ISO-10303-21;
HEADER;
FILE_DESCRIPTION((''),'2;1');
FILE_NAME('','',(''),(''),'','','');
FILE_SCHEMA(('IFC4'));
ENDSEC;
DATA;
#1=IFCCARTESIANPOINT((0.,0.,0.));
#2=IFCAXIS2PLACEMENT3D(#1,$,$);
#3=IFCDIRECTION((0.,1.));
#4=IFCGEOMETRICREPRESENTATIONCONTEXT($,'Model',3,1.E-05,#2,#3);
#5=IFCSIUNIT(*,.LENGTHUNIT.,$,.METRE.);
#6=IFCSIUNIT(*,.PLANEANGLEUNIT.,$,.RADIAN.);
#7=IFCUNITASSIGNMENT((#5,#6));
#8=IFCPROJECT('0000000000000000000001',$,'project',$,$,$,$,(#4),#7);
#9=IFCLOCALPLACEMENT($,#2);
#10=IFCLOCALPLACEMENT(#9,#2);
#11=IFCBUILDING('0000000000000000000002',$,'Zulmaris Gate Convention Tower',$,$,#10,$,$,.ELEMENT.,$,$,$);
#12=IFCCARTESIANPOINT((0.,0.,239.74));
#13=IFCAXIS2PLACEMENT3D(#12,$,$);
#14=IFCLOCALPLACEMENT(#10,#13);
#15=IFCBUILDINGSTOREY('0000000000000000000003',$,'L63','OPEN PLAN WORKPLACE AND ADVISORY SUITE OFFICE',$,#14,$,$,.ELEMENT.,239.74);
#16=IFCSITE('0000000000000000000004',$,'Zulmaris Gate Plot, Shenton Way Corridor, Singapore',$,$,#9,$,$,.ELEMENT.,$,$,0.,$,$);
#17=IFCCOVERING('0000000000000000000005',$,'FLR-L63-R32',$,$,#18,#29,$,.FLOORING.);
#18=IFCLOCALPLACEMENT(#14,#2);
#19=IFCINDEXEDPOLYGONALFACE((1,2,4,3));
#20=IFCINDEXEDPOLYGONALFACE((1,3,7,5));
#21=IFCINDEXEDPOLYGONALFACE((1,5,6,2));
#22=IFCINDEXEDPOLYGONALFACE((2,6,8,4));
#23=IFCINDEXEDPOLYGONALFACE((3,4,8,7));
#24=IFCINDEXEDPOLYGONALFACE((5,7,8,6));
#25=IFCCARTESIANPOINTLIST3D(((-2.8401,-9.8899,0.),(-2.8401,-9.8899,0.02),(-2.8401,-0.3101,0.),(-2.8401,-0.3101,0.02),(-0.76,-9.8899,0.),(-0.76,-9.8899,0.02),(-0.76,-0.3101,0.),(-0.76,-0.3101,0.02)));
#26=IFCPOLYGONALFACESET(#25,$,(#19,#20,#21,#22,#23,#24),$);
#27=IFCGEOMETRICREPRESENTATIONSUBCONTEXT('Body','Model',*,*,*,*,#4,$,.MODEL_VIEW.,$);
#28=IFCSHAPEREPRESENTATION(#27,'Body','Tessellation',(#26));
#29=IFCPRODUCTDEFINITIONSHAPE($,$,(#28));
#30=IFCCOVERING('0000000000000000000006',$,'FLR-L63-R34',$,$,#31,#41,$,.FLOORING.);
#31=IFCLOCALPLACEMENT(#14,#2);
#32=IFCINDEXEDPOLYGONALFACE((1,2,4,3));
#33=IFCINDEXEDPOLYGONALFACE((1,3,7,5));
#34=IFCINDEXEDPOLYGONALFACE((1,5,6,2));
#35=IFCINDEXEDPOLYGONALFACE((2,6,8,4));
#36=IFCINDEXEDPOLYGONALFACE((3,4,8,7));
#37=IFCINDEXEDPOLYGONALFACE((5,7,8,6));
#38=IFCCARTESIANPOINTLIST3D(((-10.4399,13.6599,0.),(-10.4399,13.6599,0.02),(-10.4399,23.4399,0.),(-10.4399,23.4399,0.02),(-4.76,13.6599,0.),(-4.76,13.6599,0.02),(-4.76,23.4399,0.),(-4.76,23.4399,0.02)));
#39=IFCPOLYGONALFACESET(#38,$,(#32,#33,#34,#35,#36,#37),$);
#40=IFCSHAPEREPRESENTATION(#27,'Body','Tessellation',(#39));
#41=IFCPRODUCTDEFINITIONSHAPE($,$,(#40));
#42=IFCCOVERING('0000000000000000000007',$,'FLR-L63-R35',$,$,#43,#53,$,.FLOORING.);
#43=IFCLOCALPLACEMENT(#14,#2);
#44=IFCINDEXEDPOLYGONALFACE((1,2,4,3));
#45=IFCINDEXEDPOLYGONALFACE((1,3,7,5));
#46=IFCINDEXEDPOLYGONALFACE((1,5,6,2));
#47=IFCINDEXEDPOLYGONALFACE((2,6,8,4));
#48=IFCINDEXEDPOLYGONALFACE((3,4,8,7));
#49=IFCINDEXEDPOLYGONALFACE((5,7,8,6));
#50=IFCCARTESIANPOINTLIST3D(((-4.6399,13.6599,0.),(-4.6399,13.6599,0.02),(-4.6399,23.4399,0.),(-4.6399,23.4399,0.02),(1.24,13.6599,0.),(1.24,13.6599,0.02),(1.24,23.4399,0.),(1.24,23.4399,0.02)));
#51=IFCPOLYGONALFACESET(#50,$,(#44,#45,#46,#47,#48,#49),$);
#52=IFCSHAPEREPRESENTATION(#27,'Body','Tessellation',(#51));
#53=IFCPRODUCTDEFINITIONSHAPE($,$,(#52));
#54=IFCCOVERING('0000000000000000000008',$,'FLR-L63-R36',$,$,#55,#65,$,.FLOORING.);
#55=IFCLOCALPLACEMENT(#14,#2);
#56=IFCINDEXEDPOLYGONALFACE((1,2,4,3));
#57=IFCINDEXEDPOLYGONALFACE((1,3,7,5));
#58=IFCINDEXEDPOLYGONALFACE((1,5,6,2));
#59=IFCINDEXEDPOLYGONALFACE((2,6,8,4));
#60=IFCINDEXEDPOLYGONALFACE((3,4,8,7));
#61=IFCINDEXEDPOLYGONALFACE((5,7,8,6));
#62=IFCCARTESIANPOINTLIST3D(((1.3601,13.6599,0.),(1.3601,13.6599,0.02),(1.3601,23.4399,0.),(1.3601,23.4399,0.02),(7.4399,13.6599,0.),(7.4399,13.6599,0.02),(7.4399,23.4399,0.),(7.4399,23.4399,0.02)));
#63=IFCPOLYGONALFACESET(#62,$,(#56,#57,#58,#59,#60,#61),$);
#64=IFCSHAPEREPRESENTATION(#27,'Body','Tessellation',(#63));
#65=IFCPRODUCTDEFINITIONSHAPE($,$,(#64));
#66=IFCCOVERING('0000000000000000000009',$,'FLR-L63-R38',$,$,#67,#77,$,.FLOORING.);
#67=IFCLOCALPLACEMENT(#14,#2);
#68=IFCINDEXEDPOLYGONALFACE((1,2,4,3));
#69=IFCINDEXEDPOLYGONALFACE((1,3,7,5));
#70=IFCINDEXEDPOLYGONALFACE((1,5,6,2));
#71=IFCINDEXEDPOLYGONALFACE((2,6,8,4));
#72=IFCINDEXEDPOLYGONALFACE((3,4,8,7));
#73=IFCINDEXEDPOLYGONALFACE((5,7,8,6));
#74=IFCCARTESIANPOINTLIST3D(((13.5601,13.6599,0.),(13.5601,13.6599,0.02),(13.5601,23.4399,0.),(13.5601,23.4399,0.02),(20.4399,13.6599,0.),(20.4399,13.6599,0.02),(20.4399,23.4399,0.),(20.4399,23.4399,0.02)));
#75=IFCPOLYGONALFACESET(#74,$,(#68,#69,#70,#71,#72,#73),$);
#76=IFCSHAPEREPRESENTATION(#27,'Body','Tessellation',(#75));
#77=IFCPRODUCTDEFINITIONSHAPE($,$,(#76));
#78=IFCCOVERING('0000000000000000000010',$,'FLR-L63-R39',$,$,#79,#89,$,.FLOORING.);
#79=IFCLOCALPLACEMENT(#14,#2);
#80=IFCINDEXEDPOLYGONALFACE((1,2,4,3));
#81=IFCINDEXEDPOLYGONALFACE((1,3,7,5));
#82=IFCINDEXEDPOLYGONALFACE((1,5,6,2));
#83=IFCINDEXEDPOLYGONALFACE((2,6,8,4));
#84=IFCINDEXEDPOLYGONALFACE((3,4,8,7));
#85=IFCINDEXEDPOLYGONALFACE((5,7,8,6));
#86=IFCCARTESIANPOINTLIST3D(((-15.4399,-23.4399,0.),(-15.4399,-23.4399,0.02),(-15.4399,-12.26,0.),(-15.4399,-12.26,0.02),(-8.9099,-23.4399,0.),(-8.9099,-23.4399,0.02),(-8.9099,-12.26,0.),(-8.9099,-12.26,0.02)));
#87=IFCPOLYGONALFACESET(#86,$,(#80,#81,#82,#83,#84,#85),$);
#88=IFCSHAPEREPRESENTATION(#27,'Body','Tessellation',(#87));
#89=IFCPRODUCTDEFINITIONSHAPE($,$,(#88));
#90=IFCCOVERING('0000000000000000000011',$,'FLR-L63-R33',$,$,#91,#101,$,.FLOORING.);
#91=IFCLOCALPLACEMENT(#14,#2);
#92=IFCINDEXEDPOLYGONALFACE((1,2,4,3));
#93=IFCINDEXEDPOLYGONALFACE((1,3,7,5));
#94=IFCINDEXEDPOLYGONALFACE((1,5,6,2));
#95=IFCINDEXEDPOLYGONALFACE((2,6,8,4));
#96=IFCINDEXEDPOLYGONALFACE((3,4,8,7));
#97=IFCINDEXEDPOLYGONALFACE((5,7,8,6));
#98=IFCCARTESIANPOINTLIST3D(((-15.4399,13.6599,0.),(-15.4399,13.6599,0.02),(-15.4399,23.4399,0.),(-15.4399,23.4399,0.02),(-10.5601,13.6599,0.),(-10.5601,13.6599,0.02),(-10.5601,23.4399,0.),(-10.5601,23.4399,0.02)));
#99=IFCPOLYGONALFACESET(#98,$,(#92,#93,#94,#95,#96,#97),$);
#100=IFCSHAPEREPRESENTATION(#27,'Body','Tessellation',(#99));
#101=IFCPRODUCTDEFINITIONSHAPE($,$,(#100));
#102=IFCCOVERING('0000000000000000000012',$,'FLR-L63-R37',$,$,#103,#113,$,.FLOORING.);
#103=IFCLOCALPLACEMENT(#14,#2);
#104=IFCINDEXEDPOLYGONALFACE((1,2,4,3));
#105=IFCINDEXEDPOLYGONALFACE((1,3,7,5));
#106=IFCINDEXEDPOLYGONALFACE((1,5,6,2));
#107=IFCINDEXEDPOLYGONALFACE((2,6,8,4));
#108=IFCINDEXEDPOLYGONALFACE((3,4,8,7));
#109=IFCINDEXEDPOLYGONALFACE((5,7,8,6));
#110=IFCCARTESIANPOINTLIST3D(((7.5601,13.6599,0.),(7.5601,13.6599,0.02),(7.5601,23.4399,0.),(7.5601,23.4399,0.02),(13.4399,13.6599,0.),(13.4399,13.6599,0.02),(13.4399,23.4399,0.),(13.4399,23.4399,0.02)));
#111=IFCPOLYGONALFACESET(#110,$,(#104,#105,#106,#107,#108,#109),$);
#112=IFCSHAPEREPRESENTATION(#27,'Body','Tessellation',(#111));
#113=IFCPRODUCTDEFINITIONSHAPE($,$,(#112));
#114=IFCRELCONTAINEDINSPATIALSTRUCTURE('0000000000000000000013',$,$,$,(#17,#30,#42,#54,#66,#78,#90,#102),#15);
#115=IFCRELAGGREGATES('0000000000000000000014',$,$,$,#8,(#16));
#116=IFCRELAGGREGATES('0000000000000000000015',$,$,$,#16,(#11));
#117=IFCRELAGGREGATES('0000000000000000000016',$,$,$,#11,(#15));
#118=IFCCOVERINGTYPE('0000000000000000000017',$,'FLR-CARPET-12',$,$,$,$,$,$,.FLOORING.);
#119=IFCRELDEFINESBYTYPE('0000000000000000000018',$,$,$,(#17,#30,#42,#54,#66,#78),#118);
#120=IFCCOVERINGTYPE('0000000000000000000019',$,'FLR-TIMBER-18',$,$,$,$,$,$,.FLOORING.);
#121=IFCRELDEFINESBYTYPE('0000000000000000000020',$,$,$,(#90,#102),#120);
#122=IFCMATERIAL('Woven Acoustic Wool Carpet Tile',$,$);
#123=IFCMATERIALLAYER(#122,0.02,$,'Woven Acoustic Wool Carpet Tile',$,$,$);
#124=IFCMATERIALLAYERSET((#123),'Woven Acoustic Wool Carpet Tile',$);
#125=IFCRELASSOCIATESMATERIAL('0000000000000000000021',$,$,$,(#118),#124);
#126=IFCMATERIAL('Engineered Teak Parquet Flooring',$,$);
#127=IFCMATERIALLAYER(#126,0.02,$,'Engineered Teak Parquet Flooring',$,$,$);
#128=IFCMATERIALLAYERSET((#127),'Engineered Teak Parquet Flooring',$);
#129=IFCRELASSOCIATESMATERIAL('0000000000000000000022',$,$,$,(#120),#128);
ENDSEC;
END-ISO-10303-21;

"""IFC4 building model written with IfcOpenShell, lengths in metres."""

from ifc_helpers import new_model, si_unit, direction, frame, origin, place, context, subcontext, project, spatial, polyline, outline, extrude, material, layer, layer_set, type_object, element, save


model = new_model("IFC4")

# Units and contexts
model_context = context("Model", 3, precision=1e-05, world=origin(), true_north=direction((0.0, 1.0)))
body_context = subcontext(model_context, "Body", "Model", "MODEL_VIEW")
ifc_project = project(units=[si_unit("LENGTHUNIT", "METRE"), si_unit("PLANEANGLEUNIT", "RADIAN")], contexts=[model_context])

# Site, building, storey
site_placement = place(None, origin())
site = spatial("IfcSite", under=ifc_project, at=site_placement, Name="Zulmaris Gate Plot, Shenton Way Corridor, Singapore", CompositionType="ELEMENT", RefElevation=0.0)
building_placement = place(site_placement, origin())
building = spatial("IfcBuilding", under=site, at=building_placement, Name="Zulmaris Gate Convention Tower", CompositionType="ELEMENT")
storey_placement = place(building_placement, frame((0.0, 0.0, 239.74)))
storey = spatial("IfcBuildingStorey", under=building, at=storey_placement, Name="L63", Description="OPEN PLAN WORKPLACE AND ADVISORY SUITE OFFICE", CompositionType="ELEMENT", Elevation=239.74)

# Coverings
ifc_material_1 = material(Name="Woven Acoustic Wool Carpet Tile")
ifc_layer_1 = layer(ifc_material_1, 0.02, Name="Woven Acoustic Wool Carpet Tile")
ifc_layer_set_1 = layer_set([ifc_layer_1], Name="Woven Acoustic Wool Carpet Tile")
covering_type_1 = type_object("IfcCoveringType", Name="FLR-CARPET-12", PredefinedType="FLOORING", material=ifc_layer_set_1)
covering_1_placement = place(storey_placement, origin())
element("IfcCovering", 1, at=covering_1_placement, inside=storey, type_object=covering_type_1, Name="FLR-L63-R32", PredefinedType="FLOORING", context=body_context, shape_type="SweptSolid", body=[
    extrude(outline(polyline([(-2.8401, -9.8899), (-0.76, -9.8899), (-0.76, -0.3101), (-2.8401, -0.3101), (-2.8401, -9.8899)])), origin(), (0.0, 0.0, 1.0), 0.02),
])
covering_2_placement = place(storey_placement, origin())
element("IfcCovering", 2, at=covering_2_placement, inside=storey, type_object=covering_type_1, Name="FLR-L63-R34", PredefinedType="FLOORING", context=body_context, shape_type="SweptSolid", body=[
    extrude(outline(polyline([(-10.4399, 13.6599), (-4.76, 13.6599), (-4.76, 23.4399), (-10.4399, 23.4399), (-10.4399, 13.6599)])), origin(), (0.0, 0.0, 1.0), 0.02),
])
covering_3_placement = place(storey_placement, origin())
element("IfcCovering", 3, at=covering_3_placement, inside=storey, type_object=covering_type_1, Name="FLR-L63-R35", PredefinedType="FLOORING", context=body_context, shape_type="SweptSolid", body=[
    extrude(outline(polyline([(-4.6399, 13.6599), (1.24, 13.6599), (1.24, 23.4399), (-4.6399, 23.4399), (-4.6399, 13.6599)])), origin(), (0.0, 0.0, 1.0), 0.02),
])
covering_4_placement = place(storey_placement, origin())
element("IfcCovering", 4, at=covering_4_placement, inside=storey, type_object=covering_type_1, Name="FLR-L63-R36", PredefinedType="FLOORING", context=body_context, shape_type="SweptSolid", body=[
    extrude(outline(polyline([(1.3601, 13.6599), (7.4399, 13.6599), (7.4399, 23.4399), (1.3601, 23.4399), (1.3601, 13.6599)])), origin(), (0.0, 0.0, 1.0), 0.02),
])
covering_5_placement = place(storey_placement, origin())
element("IfcCovering", 5, at=covering_5_placement, inside=storey, type_object=covering_type_1, Name="FLR-L63-R38", PredefinedType="FLOORING", context=body_context, shape_type="SweptSolid", body=[
    extrude(outline(polyline([(13.5601, 13.6599), (20.4399, 13.6599), (20.4399, 23.4399), (13.5601, 23.4399), (13.5601, 13.6599)])), origin(), (0.0, 0.0, 1.0), 0.02),
])
covering_6_placement = place(storey_placement, origin())
element("IfcCovering", 6, at=covering_6_placement, inside=storey, type_object=covering_type_1, Name="FLR-L63-R39", PredefinedType="FLOORING", context=body_context, shape_type="SweptSolid", body=[
    extrude(outline(polyline([(-15.4399, -23.4399), (-8.9099, -23.4399), (-8.9099, -12.26), (-15.4399, -12.26), (-15.4399, -23.4399)])), origin(), (0.0, 0.0, 1.0), 0.02),
])
ifc_material_2 = material(Name="Engineered Teak Parquet Flooring")
ifc_layer_2 = layer(ifc_material_2, 0.02, Name="Engineered Teak Parquet Flooring")
ifc_layer_set_2 = layer_set([ifc_layer_2], Name="Engineered Teak Parquet Flooring")
covering_type_2 = type_object("IfcCoveringType", Name="FLR-TIMBER-18", PredefinedType="FLOORING", material=ifc_layer_set_2)
covering_7_placement = place(storey_placement, origin())
element("IfcCovering", 7, at=covering_7_placement, inside=storey, type_object=covering_type_2, Name="FLR-L63-R33", PredefinedType="FLOORING", context=body_context, shape_type="SweptSolid", body=[
    extrude(outline(polyline([(-15.4399, 13.6599), (-10.5601, 13.6599), (-10.5601, 23.4399), (-15.4399, 23.4399), (-15.4399, 13.6599)])), origin(), (0.0, 0.0, 1.0), 0.02),
])
covering_8_placement = place(storey_placement, origin())
element("IfcCovering", 8, at=covering_8_placement, inside=storey, type_object=covering_type_2, Name="FLR-L63-R37", PredefinedType="FLOORING", context=body_context, shape_type="SweptSolid", body=[
    extrude(outline(polyline([(7.5601, 13.6599), (13.4399, 13.6599), (13.4399, 23.4399), (7.5601, 23.4399), (7.5601, 13.6599)])), origin(), (0.0, 0.0, 1.0), 0.02),
])

save(model, "model.ifc")
